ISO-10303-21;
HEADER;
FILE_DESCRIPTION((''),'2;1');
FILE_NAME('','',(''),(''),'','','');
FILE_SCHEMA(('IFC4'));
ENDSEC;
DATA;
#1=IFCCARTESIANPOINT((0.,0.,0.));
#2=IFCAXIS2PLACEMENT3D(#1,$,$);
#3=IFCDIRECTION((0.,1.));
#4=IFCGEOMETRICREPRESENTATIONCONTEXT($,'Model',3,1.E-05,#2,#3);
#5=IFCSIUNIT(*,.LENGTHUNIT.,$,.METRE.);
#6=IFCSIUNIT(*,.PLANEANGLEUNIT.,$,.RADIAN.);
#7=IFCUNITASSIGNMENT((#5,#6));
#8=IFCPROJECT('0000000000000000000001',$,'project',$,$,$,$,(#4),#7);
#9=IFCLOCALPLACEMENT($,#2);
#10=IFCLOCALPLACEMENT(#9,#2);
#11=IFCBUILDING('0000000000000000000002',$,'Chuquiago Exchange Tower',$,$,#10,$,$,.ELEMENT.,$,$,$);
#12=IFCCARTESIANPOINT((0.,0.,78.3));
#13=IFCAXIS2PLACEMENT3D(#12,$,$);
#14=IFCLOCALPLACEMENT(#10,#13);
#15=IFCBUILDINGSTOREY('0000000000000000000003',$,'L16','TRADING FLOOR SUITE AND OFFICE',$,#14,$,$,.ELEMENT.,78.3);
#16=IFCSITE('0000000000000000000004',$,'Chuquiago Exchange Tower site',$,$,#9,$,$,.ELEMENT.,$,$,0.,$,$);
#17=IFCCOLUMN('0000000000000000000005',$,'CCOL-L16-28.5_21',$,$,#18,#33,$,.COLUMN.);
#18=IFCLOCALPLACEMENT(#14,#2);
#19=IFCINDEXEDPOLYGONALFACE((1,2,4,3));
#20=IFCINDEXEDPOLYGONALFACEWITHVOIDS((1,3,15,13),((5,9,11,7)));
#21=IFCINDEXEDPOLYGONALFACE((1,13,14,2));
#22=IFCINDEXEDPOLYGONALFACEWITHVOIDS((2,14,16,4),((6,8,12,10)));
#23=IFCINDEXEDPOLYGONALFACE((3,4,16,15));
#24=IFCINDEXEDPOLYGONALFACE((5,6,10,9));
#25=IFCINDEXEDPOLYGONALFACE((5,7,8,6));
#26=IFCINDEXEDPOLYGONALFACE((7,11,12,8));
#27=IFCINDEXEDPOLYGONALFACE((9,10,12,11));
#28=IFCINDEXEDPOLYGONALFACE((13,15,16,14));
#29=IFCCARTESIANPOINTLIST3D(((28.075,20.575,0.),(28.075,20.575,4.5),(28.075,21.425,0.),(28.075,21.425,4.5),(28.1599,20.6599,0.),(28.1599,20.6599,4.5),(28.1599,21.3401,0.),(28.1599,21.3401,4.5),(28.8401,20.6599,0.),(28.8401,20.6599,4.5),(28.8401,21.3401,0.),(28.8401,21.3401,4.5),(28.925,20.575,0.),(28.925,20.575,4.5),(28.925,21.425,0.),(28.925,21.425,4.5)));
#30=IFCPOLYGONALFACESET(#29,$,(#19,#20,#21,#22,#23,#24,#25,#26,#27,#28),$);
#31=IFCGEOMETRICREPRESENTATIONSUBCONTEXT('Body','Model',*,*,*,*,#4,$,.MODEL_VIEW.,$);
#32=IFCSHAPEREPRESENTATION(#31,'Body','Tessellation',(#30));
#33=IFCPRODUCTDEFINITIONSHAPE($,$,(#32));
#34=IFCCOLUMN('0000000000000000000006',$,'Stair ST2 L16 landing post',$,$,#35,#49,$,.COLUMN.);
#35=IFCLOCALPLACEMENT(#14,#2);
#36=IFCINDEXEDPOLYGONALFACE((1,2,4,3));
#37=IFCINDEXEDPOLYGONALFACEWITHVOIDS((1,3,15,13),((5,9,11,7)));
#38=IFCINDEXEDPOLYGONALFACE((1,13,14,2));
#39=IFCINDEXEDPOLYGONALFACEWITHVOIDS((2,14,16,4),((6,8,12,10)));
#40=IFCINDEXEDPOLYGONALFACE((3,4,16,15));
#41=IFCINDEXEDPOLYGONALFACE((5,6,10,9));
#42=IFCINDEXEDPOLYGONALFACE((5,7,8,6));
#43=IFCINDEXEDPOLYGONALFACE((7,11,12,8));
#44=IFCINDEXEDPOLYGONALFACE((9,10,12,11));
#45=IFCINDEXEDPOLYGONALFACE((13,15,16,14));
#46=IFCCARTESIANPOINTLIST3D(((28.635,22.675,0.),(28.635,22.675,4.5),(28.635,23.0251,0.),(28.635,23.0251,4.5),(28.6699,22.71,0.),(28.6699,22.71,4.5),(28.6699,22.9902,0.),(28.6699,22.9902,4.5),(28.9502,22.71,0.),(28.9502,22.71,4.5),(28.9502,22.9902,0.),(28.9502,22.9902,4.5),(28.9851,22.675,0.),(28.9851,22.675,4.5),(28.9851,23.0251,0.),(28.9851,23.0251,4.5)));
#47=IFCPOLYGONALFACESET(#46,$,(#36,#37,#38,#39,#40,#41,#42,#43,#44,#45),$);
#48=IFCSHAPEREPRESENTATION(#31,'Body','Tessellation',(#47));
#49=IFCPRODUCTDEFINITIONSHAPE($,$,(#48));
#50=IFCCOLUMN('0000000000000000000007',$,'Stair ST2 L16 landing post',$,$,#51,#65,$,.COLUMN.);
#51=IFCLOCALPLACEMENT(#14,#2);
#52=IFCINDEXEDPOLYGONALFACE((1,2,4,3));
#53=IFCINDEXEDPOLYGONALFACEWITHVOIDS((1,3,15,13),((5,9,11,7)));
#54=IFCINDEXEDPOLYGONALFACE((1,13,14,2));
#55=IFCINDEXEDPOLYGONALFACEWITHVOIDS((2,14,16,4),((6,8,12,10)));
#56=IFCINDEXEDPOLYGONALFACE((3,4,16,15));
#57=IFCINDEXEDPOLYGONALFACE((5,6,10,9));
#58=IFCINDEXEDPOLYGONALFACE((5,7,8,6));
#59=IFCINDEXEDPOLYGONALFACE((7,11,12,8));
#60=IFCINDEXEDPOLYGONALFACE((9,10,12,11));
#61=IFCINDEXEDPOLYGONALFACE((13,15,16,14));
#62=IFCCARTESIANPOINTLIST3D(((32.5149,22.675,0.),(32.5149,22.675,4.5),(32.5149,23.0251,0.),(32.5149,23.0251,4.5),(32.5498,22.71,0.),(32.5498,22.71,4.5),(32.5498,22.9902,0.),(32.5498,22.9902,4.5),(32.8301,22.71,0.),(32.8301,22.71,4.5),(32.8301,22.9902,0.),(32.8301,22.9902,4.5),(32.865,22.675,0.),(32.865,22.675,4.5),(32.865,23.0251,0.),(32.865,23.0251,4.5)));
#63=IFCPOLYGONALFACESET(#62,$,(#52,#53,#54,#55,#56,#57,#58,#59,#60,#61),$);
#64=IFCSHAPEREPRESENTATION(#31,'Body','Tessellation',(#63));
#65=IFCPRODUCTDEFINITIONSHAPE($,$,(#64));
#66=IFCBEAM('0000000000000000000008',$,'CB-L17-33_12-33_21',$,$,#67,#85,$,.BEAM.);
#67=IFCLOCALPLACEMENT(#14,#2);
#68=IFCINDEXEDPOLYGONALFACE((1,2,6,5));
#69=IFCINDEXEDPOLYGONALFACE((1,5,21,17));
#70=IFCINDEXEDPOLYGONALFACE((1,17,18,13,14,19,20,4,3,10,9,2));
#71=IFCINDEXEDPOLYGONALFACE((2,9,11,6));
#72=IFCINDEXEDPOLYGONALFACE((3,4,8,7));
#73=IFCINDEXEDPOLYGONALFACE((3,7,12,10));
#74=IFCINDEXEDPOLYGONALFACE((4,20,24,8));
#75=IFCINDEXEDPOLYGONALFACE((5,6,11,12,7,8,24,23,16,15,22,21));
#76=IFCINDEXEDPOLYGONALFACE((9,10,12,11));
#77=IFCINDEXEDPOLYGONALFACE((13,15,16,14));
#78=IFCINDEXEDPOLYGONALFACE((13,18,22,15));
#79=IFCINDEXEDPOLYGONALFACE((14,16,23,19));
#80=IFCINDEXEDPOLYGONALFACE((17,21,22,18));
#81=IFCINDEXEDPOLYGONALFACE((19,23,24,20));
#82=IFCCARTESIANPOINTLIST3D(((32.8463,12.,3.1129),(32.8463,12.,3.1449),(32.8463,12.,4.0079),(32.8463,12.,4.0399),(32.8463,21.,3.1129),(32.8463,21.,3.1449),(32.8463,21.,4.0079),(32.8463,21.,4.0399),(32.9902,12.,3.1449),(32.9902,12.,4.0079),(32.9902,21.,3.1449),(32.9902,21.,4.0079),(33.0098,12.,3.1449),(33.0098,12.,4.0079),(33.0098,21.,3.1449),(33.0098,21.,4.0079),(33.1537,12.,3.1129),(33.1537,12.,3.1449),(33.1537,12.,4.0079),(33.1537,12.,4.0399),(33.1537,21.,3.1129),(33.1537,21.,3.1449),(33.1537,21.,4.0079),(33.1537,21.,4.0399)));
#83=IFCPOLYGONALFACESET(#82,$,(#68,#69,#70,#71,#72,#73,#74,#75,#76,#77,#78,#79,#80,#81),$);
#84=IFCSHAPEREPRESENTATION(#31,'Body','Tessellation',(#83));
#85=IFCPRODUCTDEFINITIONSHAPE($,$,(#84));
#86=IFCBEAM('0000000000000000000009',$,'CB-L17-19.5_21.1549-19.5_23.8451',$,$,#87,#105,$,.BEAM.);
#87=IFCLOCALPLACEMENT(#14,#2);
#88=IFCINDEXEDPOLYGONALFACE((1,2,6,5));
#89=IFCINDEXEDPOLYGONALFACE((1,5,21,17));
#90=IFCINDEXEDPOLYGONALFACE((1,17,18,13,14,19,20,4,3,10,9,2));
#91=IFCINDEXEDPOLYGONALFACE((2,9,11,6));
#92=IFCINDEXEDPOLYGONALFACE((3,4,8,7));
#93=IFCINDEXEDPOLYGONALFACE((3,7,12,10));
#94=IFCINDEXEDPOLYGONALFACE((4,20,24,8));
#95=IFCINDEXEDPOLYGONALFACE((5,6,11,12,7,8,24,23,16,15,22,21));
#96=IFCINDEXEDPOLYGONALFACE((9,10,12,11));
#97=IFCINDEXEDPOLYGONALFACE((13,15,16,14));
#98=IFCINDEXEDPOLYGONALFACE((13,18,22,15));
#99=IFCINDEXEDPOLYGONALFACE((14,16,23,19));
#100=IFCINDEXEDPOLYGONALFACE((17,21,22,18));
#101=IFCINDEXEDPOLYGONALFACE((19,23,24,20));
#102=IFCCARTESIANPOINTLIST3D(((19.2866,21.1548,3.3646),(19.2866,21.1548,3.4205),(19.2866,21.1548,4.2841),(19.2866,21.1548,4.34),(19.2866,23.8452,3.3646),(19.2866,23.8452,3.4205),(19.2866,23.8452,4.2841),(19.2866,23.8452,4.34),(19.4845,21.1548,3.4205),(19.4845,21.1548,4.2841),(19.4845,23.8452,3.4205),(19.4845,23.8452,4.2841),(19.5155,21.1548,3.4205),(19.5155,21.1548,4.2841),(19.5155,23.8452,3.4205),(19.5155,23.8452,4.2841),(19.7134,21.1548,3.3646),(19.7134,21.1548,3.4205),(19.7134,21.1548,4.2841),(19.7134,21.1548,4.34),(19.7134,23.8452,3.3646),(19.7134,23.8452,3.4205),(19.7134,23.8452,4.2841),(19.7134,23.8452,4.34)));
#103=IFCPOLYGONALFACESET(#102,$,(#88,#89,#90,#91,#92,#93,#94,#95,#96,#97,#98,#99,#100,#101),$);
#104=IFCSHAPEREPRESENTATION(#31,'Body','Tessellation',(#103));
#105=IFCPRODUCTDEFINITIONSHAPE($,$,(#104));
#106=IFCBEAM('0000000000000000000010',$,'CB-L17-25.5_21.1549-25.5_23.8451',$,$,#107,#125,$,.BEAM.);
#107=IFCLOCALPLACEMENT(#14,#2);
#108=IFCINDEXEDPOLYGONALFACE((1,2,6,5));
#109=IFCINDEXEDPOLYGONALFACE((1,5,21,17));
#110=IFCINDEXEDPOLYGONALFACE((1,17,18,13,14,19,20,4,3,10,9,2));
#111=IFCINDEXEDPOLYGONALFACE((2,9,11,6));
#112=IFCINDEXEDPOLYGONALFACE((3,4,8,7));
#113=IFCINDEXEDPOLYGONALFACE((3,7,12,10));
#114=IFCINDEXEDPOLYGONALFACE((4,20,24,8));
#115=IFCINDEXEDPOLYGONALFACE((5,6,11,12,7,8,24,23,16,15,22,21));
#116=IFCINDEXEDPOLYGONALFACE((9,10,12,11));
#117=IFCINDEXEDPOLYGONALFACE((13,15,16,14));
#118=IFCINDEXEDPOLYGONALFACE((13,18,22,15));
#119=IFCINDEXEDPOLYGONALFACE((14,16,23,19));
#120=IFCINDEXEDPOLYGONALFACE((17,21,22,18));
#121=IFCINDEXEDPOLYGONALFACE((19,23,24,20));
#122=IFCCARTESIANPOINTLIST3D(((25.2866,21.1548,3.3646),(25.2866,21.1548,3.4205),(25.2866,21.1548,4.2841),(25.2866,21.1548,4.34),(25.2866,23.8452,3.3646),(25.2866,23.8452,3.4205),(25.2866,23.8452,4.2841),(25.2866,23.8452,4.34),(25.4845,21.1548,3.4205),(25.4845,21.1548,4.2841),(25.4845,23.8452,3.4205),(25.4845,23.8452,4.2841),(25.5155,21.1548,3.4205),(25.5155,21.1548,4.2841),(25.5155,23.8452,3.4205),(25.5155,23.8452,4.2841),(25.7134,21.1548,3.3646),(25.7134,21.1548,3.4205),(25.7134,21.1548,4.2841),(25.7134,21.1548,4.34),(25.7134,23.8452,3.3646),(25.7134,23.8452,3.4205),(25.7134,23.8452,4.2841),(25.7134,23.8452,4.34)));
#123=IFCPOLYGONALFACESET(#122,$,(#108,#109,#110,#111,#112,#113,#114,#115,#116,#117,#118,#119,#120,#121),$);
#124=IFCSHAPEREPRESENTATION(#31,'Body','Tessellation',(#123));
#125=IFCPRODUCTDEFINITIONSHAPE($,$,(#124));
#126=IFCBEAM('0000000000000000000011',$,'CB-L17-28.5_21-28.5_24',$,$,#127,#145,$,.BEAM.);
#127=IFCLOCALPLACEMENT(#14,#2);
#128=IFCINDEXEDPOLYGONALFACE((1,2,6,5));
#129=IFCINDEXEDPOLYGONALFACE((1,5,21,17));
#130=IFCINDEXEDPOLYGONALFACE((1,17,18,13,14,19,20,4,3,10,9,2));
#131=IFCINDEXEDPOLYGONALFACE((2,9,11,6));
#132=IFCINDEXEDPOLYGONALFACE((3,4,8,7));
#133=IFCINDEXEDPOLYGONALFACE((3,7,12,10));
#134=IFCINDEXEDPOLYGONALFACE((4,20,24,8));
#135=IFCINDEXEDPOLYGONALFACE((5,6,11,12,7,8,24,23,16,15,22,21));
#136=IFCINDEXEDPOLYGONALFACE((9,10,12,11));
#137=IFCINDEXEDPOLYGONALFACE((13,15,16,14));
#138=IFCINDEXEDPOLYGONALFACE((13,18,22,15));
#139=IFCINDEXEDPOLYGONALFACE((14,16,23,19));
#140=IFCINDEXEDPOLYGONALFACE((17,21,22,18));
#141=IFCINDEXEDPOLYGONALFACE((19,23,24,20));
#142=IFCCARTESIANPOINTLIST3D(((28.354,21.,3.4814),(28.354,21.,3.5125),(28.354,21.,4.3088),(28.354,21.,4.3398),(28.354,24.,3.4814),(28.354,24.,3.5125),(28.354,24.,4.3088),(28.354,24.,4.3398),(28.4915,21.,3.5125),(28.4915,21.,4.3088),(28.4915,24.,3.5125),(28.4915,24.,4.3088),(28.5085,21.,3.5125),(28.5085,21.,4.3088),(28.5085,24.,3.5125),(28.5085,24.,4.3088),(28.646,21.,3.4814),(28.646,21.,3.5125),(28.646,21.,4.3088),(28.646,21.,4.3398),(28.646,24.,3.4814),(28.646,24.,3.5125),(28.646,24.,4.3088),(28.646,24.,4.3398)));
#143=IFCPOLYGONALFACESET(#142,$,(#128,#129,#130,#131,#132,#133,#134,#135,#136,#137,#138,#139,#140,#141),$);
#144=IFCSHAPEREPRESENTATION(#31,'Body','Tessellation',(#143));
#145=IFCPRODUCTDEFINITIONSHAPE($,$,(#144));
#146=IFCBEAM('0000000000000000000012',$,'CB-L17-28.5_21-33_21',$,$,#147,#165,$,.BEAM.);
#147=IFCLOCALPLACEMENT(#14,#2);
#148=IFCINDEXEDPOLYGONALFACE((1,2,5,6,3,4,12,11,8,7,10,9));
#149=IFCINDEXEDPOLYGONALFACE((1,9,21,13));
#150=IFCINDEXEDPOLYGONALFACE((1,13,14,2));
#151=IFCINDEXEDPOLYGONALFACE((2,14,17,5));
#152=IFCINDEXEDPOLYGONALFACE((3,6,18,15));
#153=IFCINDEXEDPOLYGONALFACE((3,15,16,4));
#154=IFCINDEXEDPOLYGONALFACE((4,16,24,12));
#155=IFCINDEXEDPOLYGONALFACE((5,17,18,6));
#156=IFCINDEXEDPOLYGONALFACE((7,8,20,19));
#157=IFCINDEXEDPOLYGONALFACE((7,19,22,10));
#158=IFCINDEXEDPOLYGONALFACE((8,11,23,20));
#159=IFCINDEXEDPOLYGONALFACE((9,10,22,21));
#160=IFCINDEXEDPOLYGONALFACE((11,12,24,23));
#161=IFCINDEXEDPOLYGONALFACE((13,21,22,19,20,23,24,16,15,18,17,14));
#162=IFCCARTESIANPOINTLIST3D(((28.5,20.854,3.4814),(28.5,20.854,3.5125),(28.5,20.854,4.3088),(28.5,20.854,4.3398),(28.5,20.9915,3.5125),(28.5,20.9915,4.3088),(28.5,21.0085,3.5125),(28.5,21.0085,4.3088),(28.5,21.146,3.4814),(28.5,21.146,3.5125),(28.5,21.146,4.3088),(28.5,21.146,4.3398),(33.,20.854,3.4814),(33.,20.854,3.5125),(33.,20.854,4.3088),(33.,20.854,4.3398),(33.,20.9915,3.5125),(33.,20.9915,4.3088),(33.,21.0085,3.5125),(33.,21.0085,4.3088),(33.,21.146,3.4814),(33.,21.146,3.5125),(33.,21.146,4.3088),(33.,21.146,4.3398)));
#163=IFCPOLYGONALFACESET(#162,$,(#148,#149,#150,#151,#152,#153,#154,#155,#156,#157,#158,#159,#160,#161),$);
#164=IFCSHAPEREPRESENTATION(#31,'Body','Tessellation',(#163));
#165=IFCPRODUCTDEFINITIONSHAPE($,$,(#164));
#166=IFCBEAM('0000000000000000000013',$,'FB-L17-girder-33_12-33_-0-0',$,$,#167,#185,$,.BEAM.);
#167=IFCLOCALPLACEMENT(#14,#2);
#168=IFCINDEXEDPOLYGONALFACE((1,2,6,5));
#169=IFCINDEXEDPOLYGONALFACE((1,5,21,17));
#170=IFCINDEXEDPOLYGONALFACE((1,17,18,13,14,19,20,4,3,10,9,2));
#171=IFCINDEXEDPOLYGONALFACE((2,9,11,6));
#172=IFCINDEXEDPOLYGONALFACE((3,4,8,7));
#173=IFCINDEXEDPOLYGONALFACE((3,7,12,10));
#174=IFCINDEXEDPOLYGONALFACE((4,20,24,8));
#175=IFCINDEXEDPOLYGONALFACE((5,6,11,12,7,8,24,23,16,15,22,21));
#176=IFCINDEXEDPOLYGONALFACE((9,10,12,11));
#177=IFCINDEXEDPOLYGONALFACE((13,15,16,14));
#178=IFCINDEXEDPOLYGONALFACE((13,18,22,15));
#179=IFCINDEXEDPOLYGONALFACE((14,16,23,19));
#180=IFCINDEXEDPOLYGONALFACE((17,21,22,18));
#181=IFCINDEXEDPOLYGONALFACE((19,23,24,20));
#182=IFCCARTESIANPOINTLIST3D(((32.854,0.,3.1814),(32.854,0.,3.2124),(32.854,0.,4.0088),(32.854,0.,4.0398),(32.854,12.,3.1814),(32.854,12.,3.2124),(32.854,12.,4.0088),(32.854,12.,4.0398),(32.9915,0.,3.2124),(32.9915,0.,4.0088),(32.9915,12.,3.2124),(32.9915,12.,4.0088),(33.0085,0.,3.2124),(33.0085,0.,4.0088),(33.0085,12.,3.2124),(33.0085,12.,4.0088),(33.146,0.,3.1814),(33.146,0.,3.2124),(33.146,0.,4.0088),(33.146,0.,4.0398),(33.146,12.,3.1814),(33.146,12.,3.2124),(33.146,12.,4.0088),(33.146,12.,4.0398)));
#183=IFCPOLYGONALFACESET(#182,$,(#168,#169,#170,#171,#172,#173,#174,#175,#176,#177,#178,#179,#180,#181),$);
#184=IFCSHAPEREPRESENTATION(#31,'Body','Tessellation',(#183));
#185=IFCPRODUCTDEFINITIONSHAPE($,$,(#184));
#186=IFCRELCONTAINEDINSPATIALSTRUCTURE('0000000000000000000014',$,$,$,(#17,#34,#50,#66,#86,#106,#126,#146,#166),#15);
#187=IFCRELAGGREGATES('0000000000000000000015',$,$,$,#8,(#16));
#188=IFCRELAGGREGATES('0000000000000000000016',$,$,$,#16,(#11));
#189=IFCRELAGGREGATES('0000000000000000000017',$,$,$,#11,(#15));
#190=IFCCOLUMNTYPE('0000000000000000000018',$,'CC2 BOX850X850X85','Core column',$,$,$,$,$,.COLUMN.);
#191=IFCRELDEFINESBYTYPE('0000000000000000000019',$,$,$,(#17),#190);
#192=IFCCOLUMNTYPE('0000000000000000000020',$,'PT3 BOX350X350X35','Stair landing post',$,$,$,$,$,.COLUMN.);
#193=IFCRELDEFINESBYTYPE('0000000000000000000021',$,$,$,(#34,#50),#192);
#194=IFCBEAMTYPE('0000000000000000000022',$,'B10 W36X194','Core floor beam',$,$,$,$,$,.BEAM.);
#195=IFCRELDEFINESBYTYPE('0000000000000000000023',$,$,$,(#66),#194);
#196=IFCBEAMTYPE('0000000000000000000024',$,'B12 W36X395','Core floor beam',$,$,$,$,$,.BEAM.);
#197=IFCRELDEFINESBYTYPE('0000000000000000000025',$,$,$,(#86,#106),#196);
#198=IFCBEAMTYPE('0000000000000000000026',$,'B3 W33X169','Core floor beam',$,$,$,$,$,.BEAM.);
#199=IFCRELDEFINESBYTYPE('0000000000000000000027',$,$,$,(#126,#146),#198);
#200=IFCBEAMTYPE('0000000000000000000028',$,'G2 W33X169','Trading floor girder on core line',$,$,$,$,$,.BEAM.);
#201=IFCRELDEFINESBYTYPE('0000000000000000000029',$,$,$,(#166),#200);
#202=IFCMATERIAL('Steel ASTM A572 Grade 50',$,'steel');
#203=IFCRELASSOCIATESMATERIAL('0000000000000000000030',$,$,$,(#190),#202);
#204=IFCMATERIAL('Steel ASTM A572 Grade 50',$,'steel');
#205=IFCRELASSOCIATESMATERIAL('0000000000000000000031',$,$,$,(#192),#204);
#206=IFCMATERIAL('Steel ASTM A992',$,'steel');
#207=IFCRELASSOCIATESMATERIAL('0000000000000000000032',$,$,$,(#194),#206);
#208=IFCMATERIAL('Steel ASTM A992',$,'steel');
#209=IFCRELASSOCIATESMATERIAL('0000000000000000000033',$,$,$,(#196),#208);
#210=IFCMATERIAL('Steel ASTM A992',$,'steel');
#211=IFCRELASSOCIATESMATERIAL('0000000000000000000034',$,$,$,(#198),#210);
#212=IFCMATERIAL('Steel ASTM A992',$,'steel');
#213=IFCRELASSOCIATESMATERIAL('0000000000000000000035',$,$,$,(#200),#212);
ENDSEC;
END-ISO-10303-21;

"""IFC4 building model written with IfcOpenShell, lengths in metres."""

from ifc_helpers import new_model, si_unit, direction, frame, origin, origin_2d, place, context, subcontext, project, spatial, hollow_rectangle, i_section, extrude, material, material_profile, profile_set, type_object, element, save


model = new_model("IFC4")

# Units and contexts
model_context = context("Model", 3, precision=1e-05, world=origin(), true_north=direction((0.0, 1.0)))
body_context = subcontext(model_context, "Body", "Model", "MODEL_VIEW")
ifc_project = project(units=[si_unit("LENGTHUNIT", "METRE"), si_unit("PLANEANGLEUNIT", "RADIAN")], contexts=[model_context])

# Site, building, storey
site_placement = place(None, origin())
site = spatial("IfcSite", under=ifc_project, at=site_placement, Name="Chuquiago Exchange Tower site", CompositionType="ELEMENT", RefElevation=0.0)
building_placement = place(site_placement, origin())
building = spatial("IfcBuilding", under=site, at=building_placement, Name="Chuquiago Exchange Tower", CompositionType="ELEMENT")
storey_placement = place(building_placement, frame((0.0, 0.0, 78.3)))
storey = spatial("IfcBuildingStorey", under=building, at=storey_placement, Name="L16", Description="TRADING FLOOR SUITE AND OFFICE", CompositionType="ELEMENT", Elevation=78.3)

# Columns
ifc_material_1 = material(Name="Steel ASTM A572 Grade 50", Category="steel")
ifc_material_profile_1 = material_profile(ifc_material_1, hollow_rectangle(XDim=0.8501, YDim=0.8501, WallThickness=0.085, at=origin_2d()), Name="BOX850X850X85")
ifc_profile_set_1 = profile_set([ifc_material_profile_1], Name="Steel ASTM A572 Grade 50")
column_type_1 = type_object("IfcColumnType", Name="CC2 BOX850X850X85", Description="Core column", PredefinedType="COLUMN", material=ifc_profile_set_1)
column_placement = place(storey_placement, frame((28.5, 21.0, 0.0), z_axis=(0.0, 0.0, 1.0), x_axis=(1.0, 0.0, 0.0)))
element("IfcColumn", 1, at=column_placement, inside=storey, type_object=column_type_1, Name="CCOL-L16-28.5_21", PredefinedType="COLUMN", context=body_context, shape_type="SweptSolid", body=[
    extrude(hollow_rectangle(XDim=0.8501, YDim=0.8501, WallThickness=0.085, at=origin_2d()), origin(), (0.0, 0.0, 1.0), 4.5),
])
ifc_material_2 = material(Name="Steel ASTM A572 Grade 50", Category="steel")
ifc_material_profile_2 = material_profile(ifc_material_2, hollow_rectangle(XDim=0.3501, YDim=0.3501, WallThickness=0.0349, at=origin_2d()), Name="BOX350X350X35")
ifc_profile_set_2 = profile_set([ifc_material_profile_2], Name="Steel ASTM A572 Grade 50")
column_type_2 = type_object("IfcColumnType", Name="PT3 BOX350X350X35", Description="Stair landing post", PredefinedType="COLUMN", material=ifc_profile_set_2)
for number, where, z_axis, x_axis, name in (
    (2, (28.8101, 22.8501, 0.0), (0.0, 0.0, 1.0), (1.0, 0.0, 0.0), "Stair ST2 L16 landing post"),
    (3, (32.6899, 22.8501, 0.0), (0.0, 0.0, 1.0), (1.0, 0.0, 0.0), "Stair ST2 L16 landing post"),
):
    element("IfcColumn", number, at=place(storey_placement, frame(where, z_axis=z_axis, x_axis=x_axis)), inside=storey, type_object=column_type_2, Name=name, PredefinedType="COLUMN", context=body_context, shape_type="SweptSolid", body=[
        extrude(hollow_rectangle(XDim=0.3501, YDim=0.3501, WallThickness=0.0349, at=origin_2d()), origin(), (0.0, 0.0, 1.0), 4.5),
    ])

# Beams
ifc_material_3 = material(Name="Steel ASTM A992", Category="steel")
ifc_material_profile_3 = material_profile(ifc_material_3, i_section(OverallWidth=0.3074, OverallDepth=0.927, WebThickness=0.0195, FlangeThickness=0.032, at=origin_2d()), Name="W36X194")
ifc_profile_set_3 = profile_set([ifc_material_profile_3], Name="Steel ASTM A992")
beam_type_1 = type_object("IfcBeamType", Name="B10 W36X194", Description="Core floor beam", PredefinedType="BEAM", material=ifc_profile_set_3)
beam_1_placement = place(storey_placement, frame((33.0, 12.0, 3.5764), z_axis=(0.0, 1.0, 0.0), x_axis=(-1.0, 0.0, 0.0)))
element("IfcBeam", 4, at=beam_1_placement, inside=storey, type_object=beam_type_1, Name="CB-L17-33_12-33_21", PredefinedType="BEAM", context=body_context, shape_type="SweptSolid", body=[
    extrude(i_section(OverallWidth=0.3074, OverallDepth=0.927, WebThickness=0.0195, FlangeThickness=0.032, at=origin_2d()), origin(), (0.0, 0.0, 1.0), 9.0),
])
ifc_material_4 = material(Name="Steel ASTM A992", Category="steel")
ifc_material_profile_4 = material_profile(ifc_material_4, i_section(OverallWidth=0.4268, OverallDepth=0.9753, WebThickness=0.031, FlangeThickness=0.0559, at=origin_2d()), Name="W36X395")
ifc_profile_set_4 = profile_set([ifc_material_profile_4], Name="Steel ASTM A992")
beam_type_2 = type_object("IfcBeamType", Name="B12 W36X395", Description="Core floor beam", PredefinedType="BEAM", material=ifc_profile_set_4)
for number, where, z_axis, x_axis, name in (
    (5, (19.5, 21.1548, 3.8523), (0.0, 1.0, 0.0), (-1.0, 0.0, 0.0), "CB-L17-19.5_21.1549-19.5_23.8451"),
    (6, (25.5, 21.1548, 3.8523), (0.0, 1.0, 0.0), (-1.0, 0.0, 0.0), "CB-L17-25.5_21.1549-25.5_23.8451"),
):
    element("IfcBeam", number, at=place(storey_placement, frame(where, z_axis=z_axis, x_axis=x_axis)), inside=storey, type_object=beam_type_2, Name=name, PredefinedType="BEAM", context=body_context, shape_type="SweptSolid", body=[
        extrude(i_section(OverallWidth=0.4268, OverallDepth=0.9753, WebThickness=0.031, FlangeThickness=0.0559, at=origin_2d()), origin(), (0.0, 0.0, 1.0), 2.6904),
    ])
ifc_material_5 = material(Name="Steel ASTM A992", Category="steel")
ifc_material_profile_5 = material_profile(ifc_material_5, i_section(OverallWidth=0.292, OverallDepth=0.8584, WebThickness=0.0171, FlangeThickness=0.031, at=origin_2d()), Name="W33X169")
ifc_profile_set_5 = profile_set([ifc_material_profile_5], Name="Steel ASTM A992")
beam_type_3 = type_object("IfcBeamType", Name="B3 W33X169", Description="Core floor beam", PredefinedType="BEAM", material=ifc_profile_set_5)
beam_2_placement = place(storey_placement, frame((28.5, 21.0, 3.9106), z_axis=(0.0, 1.0, 0.0), x_axis=(-1.0, 0.0, 0.0)))
element("IfcBeam", 7, at=beam_2_placement, inside=storey, type_object=beam_type_3, Name="CB-L17-28.5_21-28.5_24", PredefinedType="BEAM", context=body_context, shape_type="SweptSolid", body=[
    extrude(i_section(OverallWidth=0.292, OverallDepth=0.8584, WebThickness=0.0171, FlangeThickness=0.031, at=origin_2d()), origin(), (0.0, 0.0, 1.0), 3.0),
])
beam_3_placement = place(storey_placement, frame((28.5, 21.0, 3.9106), z_axis=(1.0, 0.0, 0.0), x_axis=(0.0, 1.0, 0.0)))
element("IfcBeam", 8, at=beam_3_placement, inside=storey, type_object=beam_type_3, Name="CB-L17-28.5_21-33_21", PredefinedType="BEAM", context=body_context, shape_type="SweptSolid", body=[
    extrude(i_section(OverallWidth=0.292, OverallDepth=0.8584, WebThickness=0.0171, FlangeThickness=0.031, at=origin_2d()), origin(), (0.0, 0.0, 1.0), 4.5),
])
ifc_material_6 = material(Name="Steel ASTM A992", Category="steel")
ifc_material_profile_6 = material_profile(ifc_material_6, i_section(OverallWidth=0.292, OverallDepth=0.8584, WebThickness=0.0171, FlangeThickness=0.031, at=origin_2d()), Name="W33X169")
ifc_profile_set_6 = profile_set([ifc_material_profile_6], Name="Steel ASTM A992")
beam_type_4 = type_object("IfcBeamType", Name="G2 W33X169", Description="Trading floor girder on core line", PredefinedType="BEAM", material=ifc_profile_set_6)
for number, where, z_axis, x_axis, name in (
    (9, (33.0, 12.0, 3.6106), (0.0, -1.0, 0.0), (1.0, 0.0, 0.0), "FB-L17-girder-33_12-33_-0-0"),
):
    element("IfcBeam", number, at=place(storey_placement, frame(where, z_axis=z_axis, x_axis=x_axis)), inside=storey, type_object=beam_type_4, Name=name, PredefinedType="BEAM", context=body_context, shape_type="SweptSolid", body=[
        extrude(i_section(OverallWidth=0.292, OverallDepth=0.8584, WebThickness=0.0171, FlangeThickness=0.031, at=origin_2d()), origin(), (0.0, 0.0, 1.0), 12.0),
    ])

save(model, "model.ifc")
